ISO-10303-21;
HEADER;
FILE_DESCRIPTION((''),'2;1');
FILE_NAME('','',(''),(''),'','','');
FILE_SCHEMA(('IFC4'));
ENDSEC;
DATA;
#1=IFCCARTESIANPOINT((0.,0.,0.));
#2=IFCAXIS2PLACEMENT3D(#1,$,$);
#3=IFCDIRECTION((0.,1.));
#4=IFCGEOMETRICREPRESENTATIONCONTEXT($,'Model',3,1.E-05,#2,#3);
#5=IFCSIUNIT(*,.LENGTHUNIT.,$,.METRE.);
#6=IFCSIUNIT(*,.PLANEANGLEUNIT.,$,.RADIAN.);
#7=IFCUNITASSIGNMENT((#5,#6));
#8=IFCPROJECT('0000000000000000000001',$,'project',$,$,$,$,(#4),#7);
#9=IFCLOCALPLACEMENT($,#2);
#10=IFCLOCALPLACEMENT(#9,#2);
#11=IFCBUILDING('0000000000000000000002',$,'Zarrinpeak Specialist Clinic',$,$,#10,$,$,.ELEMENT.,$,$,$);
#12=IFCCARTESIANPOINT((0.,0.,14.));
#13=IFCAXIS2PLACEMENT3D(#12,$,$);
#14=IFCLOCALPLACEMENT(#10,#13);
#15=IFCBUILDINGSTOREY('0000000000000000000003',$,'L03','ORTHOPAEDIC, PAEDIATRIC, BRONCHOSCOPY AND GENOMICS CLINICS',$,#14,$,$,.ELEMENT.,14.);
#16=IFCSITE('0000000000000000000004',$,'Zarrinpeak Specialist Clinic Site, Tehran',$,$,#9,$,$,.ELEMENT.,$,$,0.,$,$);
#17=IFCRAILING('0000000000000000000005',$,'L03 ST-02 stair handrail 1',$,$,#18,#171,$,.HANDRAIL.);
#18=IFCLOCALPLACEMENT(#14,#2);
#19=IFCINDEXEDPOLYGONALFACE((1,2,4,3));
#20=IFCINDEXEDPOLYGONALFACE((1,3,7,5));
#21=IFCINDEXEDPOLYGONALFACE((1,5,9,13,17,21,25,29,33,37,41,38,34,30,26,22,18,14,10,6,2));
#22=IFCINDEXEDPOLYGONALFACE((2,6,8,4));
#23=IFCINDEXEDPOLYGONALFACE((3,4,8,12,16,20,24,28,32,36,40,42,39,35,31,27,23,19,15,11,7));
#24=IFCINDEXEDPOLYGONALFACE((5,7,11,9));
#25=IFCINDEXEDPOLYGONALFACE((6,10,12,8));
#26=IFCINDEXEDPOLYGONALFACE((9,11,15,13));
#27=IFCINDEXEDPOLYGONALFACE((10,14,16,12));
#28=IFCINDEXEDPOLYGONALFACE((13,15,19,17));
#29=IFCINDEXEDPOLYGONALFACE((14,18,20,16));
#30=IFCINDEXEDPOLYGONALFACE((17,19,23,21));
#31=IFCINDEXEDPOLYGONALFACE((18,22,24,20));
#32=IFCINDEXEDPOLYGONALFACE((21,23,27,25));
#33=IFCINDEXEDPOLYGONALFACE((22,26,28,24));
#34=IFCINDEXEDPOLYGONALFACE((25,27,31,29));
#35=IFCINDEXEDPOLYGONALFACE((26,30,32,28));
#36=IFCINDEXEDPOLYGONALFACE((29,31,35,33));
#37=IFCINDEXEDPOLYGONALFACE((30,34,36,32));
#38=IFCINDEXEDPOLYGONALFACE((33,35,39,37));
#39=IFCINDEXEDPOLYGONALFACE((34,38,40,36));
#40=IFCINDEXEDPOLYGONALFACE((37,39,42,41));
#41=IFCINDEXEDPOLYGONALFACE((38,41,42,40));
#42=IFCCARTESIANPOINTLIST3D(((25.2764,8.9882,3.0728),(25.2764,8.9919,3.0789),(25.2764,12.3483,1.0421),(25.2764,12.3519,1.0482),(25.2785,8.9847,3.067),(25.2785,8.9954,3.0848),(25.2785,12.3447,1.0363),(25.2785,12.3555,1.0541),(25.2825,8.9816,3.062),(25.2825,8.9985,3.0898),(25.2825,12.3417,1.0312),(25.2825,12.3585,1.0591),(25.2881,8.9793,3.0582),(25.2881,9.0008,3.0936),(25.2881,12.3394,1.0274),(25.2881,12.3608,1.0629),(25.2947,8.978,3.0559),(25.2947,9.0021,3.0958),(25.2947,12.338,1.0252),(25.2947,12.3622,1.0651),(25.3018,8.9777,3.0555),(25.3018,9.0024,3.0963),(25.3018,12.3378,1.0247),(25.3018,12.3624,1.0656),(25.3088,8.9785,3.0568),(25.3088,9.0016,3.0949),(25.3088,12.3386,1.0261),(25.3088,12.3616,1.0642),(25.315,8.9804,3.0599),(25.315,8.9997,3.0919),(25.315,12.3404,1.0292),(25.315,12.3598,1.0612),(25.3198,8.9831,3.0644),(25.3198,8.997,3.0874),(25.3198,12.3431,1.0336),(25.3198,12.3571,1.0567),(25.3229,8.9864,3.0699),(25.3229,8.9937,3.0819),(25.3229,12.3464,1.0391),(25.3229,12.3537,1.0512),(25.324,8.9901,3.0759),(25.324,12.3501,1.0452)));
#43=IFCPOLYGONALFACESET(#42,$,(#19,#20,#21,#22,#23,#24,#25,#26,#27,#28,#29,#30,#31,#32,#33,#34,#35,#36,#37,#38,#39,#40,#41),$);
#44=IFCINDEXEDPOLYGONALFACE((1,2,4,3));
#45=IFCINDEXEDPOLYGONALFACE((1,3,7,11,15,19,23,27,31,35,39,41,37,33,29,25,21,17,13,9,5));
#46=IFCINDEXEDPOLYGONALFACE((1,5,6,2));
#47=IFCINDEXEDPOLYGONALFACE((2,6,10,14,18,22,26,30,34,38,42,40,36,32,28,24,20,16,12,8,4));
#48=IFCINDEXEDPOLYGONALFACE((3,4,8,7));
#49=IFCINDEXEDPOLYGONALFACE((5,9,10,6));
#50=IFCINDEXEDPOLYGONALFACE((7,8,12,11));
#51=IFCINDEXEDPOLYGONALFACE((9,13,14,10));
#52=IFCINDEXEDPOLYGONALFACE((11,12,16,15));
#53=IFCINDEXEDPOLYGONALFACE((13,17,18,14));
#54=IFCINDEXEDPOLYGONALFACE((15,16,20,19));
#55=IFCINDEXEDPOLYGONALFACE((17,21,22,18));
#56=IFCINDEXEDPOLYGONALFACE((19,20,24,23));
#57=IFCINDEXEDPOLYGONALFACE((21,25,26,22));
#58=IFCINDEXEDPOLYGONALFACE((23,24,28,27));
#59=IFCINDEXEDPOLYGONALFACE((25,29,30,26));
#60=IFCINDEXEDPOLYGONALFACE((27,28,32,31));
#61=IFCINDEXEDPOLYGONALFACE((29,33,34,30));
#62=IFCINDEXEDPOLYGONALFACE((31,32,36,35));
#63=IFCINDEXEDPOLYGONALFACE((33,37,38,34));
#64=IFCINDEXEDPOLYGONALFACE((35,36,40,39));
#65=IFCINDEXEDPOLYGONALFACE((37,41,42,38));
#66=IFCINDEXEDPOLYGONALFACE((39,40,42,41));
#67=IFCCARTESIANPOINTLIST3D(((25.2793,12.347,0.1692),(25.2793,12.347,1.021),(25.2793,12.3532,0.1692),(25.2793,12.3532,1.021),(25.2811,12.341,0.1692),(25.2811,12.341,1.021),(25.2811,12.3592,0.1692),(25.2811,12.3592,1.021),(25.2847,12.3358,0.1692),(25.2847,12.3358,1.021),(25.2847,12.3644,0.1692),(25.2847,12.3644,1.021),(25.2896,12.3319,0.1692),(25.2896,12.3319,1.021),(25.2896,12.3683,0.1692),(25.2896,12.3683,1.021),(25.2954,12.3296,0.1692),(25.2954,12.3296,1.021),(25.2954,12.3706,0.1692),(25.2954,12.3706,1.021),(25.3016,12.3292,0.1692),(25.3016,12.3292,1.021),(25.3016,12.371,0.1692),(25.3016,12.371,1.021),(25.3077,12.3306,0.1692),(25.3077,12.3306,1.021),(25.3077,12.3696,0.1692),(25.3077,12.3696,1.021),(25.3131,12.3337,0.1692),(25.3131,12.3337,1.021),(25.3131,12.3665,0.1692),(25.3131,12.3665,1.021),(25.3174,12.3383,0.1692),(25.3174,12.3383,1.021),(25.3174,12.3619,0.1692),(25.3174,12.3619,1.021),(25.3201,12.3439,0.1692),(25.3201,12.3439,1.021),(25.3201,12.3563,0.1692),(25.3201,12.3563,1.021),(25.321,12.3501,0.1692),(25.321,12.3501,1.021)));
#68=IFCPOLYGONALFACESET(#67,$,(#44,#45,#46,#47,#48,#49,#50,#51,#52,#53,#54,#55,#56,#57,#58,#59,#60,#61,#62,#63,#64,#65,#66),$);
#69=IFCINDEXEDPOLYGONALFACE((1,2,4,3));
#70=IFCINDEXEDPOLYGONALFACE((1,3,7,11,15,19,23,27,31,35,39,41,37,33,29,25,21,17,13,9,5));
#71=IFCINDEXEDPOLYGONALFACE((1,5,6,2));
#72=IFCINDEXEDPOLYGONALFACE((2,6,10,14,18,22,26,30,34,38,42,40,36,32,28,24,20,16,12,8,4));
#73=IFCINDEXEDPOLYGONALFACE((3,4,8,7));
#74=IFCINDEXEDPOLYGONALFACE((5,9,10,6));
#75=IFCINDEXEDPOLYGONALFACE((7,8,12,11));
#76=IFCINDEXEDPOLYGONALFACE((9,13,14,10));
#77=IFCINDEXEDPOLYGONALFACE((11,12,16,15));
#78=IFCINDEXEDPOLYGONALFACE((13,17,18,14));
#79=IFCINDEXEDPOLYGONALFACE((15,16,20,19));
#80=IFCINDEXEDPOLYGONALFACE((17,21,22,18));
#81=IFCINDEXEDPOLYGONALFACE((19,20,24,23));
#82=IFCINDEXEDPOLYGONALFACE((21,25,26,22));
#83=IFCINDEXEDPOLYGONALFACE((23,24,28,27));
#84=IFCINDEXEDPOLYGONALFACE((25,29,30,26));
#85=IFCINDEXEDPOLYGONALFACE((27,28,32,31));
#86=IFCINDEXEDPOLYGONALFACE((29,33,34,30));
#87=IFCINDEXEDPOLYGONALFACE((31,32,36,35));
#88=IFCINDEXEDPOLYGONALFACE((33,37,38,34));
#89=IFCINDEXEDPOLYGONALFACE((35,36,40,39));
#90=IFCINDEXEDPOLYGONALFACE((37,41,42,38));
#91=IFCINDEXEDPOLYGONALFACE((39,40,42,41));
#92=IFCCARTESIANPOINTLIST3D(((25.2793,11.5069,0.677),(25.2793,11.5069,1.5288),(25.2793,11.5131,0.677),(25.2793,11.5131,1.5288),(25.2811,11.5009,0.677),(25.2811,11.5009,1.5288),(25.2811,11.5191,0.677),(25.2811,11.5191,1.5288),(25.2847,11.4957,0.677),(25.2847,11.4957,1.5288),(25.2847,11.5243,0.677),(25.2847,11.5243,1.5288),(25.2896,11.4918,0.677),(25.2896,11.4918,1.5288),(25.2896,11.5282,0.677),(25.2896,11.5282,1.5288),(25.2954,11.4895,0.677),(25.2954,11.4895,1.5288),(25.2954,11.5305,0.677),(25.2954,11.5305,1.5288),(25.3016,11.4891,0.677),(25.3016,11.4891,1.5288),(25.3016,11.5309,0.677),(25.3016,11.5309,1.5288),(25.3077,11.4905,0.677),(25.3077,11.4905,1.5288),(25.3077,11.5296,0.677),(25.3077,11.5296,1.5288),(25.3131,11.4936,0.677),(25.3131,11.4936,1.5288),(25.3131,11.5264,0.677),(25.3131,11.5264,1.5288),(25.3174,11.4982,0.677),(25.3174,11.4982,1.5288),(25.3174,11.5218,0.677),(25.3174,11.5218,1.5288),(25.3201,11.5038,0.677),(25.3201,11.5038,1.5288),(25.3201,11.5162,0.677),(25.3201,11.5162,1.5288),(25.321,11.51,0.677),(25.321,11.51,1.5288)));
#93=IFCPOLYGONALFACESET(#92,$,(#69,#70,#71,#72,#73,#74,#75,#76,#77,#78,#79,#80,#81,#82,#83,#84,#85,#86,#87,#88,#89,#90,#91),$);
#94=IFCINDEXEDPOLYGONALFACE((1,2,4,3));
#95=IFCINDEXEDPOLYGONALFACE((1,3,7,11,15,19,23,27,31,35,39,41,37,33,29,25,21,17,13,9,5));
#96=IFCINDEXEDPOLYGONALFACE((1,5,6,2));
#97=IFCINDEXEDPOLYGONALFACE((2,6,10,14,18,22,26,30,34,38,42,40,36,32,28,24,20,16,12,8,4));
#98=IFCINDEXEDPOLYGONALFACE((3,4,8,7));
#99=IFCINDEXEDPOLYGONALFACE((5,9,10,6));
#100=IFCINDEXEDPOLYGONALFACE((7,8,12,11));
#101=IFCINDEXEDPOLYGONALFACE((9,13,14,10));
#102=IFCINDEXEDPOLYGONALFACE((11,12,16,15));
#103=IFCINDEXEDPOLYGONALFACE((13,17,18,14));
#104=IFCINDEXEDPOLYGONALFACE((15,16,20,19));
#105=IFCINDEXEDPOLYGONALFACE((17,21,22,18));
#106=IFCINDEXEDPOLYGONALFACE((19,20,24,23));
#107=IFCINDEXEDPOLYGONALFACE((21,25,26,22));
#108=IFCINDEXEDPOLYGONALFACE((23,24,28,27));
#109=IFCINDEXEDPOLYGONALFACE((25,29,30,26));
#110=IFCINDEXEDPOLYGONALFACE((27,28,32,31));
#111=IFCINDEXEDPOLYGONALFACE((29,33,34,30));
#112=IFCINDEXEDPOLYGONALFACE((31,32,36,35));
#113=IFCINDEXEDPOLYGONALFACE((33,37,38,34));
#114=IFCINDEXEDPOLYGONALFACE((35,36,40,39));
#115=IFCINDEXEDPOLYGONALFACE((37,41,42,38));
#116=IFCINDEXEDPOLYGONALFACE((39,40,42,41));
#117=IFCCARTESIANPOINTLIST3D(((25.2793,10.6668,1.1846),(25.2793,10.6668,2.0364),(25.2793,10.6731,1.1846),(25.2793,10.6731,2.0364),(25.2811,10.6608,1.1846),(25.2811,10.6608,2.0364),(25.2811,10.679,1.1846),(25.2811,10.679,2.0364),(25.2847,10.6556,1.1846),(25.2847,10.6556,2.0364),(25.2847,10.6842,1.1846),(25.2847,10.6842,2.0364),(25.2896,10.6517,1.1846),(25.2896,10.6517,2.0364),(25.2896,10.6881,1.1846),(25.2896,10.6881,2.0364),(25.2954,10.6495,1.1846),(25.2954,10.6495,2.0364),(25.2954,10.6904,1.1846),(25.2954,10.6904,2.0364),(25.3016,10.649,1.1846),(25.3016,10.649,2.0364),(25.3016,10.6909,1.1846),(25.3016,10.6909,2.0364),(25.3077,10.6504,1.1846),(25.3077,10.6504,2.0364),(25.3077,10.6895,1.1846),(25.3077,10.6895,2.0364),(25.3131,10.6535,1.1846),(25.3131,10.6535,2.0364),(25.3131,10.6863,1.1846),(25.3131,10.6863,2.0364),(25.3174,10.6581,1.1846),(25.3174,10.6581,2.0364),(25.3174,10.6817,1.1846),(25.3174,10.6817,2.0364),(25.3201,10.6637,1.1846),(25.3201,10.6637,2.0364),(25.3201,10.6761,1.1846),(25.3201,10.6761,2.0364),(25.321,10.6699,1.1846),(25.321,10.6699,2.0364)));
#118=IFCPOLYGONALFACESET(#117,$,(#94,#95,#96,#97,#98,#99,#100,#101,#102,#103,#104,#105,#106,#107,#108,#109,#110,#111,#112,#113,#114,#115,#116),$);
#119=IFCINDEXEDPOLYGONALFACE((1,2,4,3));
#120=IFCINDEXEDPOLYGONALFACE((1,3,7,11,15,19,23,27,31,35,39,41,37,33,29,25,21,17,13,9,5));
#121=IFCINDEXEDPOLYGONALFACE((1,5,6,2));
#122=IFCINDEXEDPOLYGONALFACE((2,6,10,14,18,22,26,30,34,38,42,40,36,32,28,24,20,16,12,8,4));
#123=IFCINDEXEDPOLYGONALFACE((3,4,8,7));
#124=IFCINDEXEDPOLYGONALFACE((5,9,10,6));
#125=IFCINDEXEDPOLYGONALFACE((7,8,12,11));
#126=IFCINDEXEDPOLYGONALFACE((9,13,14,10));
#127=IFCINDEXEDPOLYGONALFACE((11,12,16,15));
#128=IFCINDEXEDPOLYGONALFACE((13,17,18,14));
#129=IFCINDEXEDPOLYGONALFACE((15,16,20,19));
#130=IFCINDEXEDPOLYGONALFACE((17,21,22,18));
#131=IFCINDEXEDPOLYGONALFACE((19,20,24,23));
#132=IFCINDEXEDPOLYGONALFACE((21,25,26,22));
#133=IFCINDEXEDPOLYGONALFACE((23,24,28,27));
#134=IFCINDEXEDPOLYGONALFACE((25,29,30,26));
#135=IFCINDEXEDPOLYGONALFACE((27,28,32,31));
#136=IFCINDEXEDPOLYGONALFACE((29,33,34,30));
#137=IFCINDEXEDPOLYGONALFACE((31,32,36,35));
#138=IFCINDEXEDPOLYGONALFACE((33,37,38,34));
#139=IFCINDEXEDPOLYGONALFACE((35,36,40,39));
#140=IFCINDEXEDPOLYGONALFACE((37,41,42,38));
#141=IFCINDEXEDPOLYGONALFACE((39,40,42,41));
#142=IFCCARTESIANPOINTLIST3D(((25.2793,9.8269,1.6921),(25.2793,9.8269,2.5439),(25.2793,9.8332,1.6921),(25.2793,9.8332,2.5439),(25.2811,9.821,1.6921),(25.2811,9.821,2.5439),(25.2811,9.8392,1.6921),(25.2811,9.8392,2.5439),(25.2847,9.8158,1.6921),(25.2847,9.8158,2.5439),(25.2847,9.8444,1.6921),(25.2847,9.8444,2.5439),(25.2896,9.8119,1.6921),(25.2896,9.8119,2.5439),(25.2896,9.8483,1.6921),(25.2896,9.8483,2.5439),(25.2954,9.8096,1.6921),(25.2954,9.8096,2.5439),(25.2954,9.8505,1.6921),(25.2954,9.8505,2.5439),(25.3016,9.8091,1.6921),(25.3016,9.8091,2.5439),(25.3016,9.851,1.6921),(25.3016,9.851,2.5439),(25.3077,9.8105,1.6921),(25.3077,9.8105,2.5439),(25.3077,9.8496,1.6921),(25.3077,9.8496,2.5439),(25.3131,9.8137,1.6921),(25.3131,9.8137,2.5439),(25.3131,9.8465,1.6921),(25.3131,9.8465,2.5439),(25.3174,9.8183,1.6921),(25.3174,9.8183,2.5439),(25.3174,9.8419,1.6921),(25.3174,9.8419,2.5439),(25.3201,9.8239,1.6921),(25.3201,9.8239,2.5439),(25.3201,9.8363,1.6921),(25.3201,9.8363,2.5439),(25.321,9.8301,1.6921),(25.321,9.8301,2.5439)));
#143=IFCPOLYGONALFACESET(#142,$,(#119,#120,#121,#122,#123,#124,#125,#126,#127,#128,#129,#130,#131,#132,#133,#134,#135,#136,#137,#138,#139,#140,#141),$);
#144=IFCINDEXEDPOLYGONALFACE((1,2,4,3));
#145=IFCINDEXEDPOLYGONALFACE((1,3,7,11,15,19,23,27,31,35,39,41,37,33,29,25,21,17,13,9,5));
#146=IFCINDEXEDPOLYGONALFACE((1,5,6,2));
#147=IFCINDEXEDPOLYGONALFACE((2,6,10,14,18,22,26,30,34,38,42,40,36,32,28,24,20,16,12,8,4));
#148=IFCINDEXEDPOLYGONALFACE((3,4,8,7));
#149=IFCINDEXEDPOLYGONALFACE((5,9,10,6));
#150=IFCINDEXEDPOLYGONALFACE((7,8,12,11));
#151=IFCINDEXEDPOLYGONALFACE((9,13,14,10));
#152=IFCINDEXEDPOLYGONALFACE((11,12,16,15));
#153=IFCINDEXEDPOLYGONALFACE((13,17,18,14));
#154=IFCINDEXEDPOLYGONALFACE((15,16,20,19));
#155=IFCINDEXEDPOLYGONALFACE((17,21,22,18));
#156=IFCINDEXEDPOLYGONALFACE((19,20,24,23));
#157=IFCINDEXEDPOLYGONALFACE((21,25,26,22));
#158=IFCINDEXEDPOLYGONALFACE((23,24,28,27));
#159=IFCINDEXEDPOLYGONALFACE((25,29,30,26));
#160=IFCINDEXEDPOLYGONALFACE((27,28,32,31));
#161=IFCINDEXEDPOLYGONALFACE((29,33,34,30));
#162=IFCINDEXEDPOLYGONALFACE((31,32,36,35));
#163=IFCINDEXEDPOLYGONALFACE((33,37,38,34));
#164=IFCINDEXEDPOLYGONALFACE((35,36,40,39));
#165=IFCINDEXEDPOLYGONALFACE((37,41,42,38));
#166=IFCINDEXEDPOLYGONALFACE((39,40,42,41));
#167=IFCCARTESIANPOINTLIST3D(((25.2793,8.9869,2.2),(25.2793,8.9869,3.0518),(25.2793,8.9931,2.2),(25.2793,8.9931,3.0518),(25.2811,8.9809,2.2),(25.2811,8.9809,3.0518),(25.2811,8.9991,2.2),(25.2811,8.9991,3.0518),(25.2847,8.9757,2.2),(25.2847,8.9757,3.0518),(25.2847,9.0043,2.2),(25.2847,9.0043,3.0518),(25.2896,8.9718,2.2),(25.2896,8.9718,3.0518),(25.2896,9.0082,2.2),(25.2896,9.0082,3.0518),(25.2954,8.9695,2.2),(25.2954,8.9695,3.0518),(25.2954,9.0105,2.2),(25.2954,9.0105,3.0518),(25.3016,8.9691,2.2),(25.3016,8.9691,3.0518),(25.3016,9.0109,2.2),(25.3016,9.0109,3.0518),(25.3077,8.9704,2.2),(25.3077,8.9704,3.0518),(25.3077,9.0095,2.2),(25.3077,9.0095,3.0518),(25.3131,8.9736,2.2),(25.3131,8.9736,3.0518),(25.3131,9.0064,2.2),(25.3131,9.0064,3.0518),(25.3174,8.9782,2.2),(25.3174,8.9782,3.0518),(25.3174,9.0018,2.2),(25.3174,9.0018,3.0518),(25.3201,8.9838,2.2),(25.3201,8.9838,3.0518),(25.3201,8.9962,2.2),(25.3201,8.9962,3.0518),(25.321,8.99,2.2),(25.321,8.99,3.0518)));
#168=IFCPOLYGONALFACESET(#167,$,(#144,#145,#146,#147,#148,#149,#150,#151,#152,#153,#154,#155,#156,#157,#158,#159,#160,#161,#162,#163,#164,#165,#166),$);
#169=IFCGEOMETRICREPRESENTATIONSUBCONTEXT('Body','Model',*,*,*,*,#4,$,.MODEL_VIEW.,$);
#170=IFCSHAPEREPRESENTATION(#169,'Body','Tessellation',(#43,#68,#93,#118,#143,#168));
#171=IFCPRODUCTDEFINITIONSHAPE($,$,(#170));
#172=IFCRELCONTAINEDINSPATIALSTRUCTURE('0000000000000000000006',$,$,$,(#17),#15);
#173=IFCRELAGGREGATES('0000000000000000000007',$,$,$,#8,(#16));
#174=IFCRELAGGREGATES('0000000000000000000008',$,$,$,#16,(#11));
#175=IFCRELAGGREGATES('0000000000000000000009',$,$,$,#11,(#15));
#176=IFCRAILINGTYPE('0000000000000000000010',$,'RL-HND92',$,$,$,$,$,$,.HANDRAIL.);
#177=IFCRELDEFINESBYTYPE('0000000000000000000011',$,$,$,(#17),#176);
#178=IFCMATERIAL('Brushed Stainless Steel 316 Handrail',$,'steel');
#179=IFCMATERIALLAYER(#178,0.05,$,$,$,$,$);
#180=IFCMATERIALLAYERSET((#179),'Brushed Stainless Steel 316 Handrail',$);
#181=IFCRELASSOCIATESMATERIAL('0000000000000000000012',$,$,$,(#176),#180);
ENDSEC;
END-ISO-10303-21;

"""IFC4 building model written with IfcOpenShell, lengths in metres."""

from ifc_helpers import new_model, si_unit, direction, frame, origin, origin_2d, place, context, subcontext, project, spatial, circle, extrude, material, layer, layer_set, type_object, element, save


model = new_model("IFC4")

# Units and contexts
model_context = context("Model", 3, precision=1e-05, world=origin(), true_north=direction((0.0, 1.0)))
body_context = subcontext(model_context, "Body", "Model", "MODEL_VIEW")
ifc_project = project(units=[si_unit("LENGTHUNIT", "METRE"), si_unit("PLANEANGLEUNIT", "RADIAN")], contexts=[model_context])

# Site, building, storey
site_placement = place(None, origin())
site = spatial("IfcSite", under=ifc_project, at=site_placement, Name="Zarrinpeak Specialist Clinic Site, Tehran", CompositionType="ELEMENT", RefElevation=0.0)
building_placement = place(site_placement, origin())
building = spatial("IfcBuilding", under=site, at=building_placement, Name="Zarrinpeak Specialist Clinic", CompositionType="ELEMENT")
storey_placement = place(building_placement, frame((0.0, 0.0, 14.0)))
storey = spatial("IfcBuildingStorey", under=building, at=storey_placement, Name="L03", Description="ORTHOPAEDIC, PAEDIATRIC, BRONCHOSCOPY AND GENOMICS CLINICS", CompositionType="ELEMENT", Elevation=14.0)

# Railing
ifc_material_1 = material(Name="Brushed Stainless Steel 316 Handrail", Category="steel")
ifc_layer_1 = layer(ifc_material_1, 0.05)
ifc_layer_set_1 = layer_set([ifc_layer_1], Name="Brushed Stainless Steel 316 Handrail")
railing_type_1 = type_object("IfcRailingType", Name="RL-HND92", PredefinedType="HANDRAIL", material=ifc_layer_set_1)
railing_1_placement = place(storey_placement, frame((25.3, 12.3501, 0.1692)))
element("IfcRailing", 1, at=railing_1_placement, inside=storey, type_object=railing_type_1, Name="L03 ST-02 stair handrail 1", PredefinedType="HANDRAIL", context=body_context, shape_type="SweptSolid", body=[
    extrude(circle(Radius=0.0239, at=origin_2d()), frame((0.0, 0.0, 0.876), z_axis=(0.0, -0.855837, 0.517246), x_axis=(1.0, 0.0, 0.0)), (0.0, 0.0, 1.0), 3.926),
    extrude(circle(Radius=0.021, at=origin_2d()), origin(), (0.0, 0.0, 1.0), 0.8518),
    extrude(circle(Radius=0.021, at=origin_2d()), frame((0.0, -0.8401, 0.5078)), (0.0, 0.0, 1.0), 0.8518),
    extrude(circle(Radius=0.021, at=origin_2d()), frame((0.0, -1.6802, 1.0154)), (0.0, 0.0, 1.0), 0.8518),
    extrude(circle(Radius=0.021, at=origin_2d()), frame((0.0, -2.52, 1.5229)), (0.0, 0.0, 1.0), 0.8518),
    extrude(circle(Radius=0.021, at=origin_2d()), frame((0.0, -3.3601, 2.0308)), (0.0, 0.0, 1.0), 0.8518),
])

save(model, "model.ifc")
